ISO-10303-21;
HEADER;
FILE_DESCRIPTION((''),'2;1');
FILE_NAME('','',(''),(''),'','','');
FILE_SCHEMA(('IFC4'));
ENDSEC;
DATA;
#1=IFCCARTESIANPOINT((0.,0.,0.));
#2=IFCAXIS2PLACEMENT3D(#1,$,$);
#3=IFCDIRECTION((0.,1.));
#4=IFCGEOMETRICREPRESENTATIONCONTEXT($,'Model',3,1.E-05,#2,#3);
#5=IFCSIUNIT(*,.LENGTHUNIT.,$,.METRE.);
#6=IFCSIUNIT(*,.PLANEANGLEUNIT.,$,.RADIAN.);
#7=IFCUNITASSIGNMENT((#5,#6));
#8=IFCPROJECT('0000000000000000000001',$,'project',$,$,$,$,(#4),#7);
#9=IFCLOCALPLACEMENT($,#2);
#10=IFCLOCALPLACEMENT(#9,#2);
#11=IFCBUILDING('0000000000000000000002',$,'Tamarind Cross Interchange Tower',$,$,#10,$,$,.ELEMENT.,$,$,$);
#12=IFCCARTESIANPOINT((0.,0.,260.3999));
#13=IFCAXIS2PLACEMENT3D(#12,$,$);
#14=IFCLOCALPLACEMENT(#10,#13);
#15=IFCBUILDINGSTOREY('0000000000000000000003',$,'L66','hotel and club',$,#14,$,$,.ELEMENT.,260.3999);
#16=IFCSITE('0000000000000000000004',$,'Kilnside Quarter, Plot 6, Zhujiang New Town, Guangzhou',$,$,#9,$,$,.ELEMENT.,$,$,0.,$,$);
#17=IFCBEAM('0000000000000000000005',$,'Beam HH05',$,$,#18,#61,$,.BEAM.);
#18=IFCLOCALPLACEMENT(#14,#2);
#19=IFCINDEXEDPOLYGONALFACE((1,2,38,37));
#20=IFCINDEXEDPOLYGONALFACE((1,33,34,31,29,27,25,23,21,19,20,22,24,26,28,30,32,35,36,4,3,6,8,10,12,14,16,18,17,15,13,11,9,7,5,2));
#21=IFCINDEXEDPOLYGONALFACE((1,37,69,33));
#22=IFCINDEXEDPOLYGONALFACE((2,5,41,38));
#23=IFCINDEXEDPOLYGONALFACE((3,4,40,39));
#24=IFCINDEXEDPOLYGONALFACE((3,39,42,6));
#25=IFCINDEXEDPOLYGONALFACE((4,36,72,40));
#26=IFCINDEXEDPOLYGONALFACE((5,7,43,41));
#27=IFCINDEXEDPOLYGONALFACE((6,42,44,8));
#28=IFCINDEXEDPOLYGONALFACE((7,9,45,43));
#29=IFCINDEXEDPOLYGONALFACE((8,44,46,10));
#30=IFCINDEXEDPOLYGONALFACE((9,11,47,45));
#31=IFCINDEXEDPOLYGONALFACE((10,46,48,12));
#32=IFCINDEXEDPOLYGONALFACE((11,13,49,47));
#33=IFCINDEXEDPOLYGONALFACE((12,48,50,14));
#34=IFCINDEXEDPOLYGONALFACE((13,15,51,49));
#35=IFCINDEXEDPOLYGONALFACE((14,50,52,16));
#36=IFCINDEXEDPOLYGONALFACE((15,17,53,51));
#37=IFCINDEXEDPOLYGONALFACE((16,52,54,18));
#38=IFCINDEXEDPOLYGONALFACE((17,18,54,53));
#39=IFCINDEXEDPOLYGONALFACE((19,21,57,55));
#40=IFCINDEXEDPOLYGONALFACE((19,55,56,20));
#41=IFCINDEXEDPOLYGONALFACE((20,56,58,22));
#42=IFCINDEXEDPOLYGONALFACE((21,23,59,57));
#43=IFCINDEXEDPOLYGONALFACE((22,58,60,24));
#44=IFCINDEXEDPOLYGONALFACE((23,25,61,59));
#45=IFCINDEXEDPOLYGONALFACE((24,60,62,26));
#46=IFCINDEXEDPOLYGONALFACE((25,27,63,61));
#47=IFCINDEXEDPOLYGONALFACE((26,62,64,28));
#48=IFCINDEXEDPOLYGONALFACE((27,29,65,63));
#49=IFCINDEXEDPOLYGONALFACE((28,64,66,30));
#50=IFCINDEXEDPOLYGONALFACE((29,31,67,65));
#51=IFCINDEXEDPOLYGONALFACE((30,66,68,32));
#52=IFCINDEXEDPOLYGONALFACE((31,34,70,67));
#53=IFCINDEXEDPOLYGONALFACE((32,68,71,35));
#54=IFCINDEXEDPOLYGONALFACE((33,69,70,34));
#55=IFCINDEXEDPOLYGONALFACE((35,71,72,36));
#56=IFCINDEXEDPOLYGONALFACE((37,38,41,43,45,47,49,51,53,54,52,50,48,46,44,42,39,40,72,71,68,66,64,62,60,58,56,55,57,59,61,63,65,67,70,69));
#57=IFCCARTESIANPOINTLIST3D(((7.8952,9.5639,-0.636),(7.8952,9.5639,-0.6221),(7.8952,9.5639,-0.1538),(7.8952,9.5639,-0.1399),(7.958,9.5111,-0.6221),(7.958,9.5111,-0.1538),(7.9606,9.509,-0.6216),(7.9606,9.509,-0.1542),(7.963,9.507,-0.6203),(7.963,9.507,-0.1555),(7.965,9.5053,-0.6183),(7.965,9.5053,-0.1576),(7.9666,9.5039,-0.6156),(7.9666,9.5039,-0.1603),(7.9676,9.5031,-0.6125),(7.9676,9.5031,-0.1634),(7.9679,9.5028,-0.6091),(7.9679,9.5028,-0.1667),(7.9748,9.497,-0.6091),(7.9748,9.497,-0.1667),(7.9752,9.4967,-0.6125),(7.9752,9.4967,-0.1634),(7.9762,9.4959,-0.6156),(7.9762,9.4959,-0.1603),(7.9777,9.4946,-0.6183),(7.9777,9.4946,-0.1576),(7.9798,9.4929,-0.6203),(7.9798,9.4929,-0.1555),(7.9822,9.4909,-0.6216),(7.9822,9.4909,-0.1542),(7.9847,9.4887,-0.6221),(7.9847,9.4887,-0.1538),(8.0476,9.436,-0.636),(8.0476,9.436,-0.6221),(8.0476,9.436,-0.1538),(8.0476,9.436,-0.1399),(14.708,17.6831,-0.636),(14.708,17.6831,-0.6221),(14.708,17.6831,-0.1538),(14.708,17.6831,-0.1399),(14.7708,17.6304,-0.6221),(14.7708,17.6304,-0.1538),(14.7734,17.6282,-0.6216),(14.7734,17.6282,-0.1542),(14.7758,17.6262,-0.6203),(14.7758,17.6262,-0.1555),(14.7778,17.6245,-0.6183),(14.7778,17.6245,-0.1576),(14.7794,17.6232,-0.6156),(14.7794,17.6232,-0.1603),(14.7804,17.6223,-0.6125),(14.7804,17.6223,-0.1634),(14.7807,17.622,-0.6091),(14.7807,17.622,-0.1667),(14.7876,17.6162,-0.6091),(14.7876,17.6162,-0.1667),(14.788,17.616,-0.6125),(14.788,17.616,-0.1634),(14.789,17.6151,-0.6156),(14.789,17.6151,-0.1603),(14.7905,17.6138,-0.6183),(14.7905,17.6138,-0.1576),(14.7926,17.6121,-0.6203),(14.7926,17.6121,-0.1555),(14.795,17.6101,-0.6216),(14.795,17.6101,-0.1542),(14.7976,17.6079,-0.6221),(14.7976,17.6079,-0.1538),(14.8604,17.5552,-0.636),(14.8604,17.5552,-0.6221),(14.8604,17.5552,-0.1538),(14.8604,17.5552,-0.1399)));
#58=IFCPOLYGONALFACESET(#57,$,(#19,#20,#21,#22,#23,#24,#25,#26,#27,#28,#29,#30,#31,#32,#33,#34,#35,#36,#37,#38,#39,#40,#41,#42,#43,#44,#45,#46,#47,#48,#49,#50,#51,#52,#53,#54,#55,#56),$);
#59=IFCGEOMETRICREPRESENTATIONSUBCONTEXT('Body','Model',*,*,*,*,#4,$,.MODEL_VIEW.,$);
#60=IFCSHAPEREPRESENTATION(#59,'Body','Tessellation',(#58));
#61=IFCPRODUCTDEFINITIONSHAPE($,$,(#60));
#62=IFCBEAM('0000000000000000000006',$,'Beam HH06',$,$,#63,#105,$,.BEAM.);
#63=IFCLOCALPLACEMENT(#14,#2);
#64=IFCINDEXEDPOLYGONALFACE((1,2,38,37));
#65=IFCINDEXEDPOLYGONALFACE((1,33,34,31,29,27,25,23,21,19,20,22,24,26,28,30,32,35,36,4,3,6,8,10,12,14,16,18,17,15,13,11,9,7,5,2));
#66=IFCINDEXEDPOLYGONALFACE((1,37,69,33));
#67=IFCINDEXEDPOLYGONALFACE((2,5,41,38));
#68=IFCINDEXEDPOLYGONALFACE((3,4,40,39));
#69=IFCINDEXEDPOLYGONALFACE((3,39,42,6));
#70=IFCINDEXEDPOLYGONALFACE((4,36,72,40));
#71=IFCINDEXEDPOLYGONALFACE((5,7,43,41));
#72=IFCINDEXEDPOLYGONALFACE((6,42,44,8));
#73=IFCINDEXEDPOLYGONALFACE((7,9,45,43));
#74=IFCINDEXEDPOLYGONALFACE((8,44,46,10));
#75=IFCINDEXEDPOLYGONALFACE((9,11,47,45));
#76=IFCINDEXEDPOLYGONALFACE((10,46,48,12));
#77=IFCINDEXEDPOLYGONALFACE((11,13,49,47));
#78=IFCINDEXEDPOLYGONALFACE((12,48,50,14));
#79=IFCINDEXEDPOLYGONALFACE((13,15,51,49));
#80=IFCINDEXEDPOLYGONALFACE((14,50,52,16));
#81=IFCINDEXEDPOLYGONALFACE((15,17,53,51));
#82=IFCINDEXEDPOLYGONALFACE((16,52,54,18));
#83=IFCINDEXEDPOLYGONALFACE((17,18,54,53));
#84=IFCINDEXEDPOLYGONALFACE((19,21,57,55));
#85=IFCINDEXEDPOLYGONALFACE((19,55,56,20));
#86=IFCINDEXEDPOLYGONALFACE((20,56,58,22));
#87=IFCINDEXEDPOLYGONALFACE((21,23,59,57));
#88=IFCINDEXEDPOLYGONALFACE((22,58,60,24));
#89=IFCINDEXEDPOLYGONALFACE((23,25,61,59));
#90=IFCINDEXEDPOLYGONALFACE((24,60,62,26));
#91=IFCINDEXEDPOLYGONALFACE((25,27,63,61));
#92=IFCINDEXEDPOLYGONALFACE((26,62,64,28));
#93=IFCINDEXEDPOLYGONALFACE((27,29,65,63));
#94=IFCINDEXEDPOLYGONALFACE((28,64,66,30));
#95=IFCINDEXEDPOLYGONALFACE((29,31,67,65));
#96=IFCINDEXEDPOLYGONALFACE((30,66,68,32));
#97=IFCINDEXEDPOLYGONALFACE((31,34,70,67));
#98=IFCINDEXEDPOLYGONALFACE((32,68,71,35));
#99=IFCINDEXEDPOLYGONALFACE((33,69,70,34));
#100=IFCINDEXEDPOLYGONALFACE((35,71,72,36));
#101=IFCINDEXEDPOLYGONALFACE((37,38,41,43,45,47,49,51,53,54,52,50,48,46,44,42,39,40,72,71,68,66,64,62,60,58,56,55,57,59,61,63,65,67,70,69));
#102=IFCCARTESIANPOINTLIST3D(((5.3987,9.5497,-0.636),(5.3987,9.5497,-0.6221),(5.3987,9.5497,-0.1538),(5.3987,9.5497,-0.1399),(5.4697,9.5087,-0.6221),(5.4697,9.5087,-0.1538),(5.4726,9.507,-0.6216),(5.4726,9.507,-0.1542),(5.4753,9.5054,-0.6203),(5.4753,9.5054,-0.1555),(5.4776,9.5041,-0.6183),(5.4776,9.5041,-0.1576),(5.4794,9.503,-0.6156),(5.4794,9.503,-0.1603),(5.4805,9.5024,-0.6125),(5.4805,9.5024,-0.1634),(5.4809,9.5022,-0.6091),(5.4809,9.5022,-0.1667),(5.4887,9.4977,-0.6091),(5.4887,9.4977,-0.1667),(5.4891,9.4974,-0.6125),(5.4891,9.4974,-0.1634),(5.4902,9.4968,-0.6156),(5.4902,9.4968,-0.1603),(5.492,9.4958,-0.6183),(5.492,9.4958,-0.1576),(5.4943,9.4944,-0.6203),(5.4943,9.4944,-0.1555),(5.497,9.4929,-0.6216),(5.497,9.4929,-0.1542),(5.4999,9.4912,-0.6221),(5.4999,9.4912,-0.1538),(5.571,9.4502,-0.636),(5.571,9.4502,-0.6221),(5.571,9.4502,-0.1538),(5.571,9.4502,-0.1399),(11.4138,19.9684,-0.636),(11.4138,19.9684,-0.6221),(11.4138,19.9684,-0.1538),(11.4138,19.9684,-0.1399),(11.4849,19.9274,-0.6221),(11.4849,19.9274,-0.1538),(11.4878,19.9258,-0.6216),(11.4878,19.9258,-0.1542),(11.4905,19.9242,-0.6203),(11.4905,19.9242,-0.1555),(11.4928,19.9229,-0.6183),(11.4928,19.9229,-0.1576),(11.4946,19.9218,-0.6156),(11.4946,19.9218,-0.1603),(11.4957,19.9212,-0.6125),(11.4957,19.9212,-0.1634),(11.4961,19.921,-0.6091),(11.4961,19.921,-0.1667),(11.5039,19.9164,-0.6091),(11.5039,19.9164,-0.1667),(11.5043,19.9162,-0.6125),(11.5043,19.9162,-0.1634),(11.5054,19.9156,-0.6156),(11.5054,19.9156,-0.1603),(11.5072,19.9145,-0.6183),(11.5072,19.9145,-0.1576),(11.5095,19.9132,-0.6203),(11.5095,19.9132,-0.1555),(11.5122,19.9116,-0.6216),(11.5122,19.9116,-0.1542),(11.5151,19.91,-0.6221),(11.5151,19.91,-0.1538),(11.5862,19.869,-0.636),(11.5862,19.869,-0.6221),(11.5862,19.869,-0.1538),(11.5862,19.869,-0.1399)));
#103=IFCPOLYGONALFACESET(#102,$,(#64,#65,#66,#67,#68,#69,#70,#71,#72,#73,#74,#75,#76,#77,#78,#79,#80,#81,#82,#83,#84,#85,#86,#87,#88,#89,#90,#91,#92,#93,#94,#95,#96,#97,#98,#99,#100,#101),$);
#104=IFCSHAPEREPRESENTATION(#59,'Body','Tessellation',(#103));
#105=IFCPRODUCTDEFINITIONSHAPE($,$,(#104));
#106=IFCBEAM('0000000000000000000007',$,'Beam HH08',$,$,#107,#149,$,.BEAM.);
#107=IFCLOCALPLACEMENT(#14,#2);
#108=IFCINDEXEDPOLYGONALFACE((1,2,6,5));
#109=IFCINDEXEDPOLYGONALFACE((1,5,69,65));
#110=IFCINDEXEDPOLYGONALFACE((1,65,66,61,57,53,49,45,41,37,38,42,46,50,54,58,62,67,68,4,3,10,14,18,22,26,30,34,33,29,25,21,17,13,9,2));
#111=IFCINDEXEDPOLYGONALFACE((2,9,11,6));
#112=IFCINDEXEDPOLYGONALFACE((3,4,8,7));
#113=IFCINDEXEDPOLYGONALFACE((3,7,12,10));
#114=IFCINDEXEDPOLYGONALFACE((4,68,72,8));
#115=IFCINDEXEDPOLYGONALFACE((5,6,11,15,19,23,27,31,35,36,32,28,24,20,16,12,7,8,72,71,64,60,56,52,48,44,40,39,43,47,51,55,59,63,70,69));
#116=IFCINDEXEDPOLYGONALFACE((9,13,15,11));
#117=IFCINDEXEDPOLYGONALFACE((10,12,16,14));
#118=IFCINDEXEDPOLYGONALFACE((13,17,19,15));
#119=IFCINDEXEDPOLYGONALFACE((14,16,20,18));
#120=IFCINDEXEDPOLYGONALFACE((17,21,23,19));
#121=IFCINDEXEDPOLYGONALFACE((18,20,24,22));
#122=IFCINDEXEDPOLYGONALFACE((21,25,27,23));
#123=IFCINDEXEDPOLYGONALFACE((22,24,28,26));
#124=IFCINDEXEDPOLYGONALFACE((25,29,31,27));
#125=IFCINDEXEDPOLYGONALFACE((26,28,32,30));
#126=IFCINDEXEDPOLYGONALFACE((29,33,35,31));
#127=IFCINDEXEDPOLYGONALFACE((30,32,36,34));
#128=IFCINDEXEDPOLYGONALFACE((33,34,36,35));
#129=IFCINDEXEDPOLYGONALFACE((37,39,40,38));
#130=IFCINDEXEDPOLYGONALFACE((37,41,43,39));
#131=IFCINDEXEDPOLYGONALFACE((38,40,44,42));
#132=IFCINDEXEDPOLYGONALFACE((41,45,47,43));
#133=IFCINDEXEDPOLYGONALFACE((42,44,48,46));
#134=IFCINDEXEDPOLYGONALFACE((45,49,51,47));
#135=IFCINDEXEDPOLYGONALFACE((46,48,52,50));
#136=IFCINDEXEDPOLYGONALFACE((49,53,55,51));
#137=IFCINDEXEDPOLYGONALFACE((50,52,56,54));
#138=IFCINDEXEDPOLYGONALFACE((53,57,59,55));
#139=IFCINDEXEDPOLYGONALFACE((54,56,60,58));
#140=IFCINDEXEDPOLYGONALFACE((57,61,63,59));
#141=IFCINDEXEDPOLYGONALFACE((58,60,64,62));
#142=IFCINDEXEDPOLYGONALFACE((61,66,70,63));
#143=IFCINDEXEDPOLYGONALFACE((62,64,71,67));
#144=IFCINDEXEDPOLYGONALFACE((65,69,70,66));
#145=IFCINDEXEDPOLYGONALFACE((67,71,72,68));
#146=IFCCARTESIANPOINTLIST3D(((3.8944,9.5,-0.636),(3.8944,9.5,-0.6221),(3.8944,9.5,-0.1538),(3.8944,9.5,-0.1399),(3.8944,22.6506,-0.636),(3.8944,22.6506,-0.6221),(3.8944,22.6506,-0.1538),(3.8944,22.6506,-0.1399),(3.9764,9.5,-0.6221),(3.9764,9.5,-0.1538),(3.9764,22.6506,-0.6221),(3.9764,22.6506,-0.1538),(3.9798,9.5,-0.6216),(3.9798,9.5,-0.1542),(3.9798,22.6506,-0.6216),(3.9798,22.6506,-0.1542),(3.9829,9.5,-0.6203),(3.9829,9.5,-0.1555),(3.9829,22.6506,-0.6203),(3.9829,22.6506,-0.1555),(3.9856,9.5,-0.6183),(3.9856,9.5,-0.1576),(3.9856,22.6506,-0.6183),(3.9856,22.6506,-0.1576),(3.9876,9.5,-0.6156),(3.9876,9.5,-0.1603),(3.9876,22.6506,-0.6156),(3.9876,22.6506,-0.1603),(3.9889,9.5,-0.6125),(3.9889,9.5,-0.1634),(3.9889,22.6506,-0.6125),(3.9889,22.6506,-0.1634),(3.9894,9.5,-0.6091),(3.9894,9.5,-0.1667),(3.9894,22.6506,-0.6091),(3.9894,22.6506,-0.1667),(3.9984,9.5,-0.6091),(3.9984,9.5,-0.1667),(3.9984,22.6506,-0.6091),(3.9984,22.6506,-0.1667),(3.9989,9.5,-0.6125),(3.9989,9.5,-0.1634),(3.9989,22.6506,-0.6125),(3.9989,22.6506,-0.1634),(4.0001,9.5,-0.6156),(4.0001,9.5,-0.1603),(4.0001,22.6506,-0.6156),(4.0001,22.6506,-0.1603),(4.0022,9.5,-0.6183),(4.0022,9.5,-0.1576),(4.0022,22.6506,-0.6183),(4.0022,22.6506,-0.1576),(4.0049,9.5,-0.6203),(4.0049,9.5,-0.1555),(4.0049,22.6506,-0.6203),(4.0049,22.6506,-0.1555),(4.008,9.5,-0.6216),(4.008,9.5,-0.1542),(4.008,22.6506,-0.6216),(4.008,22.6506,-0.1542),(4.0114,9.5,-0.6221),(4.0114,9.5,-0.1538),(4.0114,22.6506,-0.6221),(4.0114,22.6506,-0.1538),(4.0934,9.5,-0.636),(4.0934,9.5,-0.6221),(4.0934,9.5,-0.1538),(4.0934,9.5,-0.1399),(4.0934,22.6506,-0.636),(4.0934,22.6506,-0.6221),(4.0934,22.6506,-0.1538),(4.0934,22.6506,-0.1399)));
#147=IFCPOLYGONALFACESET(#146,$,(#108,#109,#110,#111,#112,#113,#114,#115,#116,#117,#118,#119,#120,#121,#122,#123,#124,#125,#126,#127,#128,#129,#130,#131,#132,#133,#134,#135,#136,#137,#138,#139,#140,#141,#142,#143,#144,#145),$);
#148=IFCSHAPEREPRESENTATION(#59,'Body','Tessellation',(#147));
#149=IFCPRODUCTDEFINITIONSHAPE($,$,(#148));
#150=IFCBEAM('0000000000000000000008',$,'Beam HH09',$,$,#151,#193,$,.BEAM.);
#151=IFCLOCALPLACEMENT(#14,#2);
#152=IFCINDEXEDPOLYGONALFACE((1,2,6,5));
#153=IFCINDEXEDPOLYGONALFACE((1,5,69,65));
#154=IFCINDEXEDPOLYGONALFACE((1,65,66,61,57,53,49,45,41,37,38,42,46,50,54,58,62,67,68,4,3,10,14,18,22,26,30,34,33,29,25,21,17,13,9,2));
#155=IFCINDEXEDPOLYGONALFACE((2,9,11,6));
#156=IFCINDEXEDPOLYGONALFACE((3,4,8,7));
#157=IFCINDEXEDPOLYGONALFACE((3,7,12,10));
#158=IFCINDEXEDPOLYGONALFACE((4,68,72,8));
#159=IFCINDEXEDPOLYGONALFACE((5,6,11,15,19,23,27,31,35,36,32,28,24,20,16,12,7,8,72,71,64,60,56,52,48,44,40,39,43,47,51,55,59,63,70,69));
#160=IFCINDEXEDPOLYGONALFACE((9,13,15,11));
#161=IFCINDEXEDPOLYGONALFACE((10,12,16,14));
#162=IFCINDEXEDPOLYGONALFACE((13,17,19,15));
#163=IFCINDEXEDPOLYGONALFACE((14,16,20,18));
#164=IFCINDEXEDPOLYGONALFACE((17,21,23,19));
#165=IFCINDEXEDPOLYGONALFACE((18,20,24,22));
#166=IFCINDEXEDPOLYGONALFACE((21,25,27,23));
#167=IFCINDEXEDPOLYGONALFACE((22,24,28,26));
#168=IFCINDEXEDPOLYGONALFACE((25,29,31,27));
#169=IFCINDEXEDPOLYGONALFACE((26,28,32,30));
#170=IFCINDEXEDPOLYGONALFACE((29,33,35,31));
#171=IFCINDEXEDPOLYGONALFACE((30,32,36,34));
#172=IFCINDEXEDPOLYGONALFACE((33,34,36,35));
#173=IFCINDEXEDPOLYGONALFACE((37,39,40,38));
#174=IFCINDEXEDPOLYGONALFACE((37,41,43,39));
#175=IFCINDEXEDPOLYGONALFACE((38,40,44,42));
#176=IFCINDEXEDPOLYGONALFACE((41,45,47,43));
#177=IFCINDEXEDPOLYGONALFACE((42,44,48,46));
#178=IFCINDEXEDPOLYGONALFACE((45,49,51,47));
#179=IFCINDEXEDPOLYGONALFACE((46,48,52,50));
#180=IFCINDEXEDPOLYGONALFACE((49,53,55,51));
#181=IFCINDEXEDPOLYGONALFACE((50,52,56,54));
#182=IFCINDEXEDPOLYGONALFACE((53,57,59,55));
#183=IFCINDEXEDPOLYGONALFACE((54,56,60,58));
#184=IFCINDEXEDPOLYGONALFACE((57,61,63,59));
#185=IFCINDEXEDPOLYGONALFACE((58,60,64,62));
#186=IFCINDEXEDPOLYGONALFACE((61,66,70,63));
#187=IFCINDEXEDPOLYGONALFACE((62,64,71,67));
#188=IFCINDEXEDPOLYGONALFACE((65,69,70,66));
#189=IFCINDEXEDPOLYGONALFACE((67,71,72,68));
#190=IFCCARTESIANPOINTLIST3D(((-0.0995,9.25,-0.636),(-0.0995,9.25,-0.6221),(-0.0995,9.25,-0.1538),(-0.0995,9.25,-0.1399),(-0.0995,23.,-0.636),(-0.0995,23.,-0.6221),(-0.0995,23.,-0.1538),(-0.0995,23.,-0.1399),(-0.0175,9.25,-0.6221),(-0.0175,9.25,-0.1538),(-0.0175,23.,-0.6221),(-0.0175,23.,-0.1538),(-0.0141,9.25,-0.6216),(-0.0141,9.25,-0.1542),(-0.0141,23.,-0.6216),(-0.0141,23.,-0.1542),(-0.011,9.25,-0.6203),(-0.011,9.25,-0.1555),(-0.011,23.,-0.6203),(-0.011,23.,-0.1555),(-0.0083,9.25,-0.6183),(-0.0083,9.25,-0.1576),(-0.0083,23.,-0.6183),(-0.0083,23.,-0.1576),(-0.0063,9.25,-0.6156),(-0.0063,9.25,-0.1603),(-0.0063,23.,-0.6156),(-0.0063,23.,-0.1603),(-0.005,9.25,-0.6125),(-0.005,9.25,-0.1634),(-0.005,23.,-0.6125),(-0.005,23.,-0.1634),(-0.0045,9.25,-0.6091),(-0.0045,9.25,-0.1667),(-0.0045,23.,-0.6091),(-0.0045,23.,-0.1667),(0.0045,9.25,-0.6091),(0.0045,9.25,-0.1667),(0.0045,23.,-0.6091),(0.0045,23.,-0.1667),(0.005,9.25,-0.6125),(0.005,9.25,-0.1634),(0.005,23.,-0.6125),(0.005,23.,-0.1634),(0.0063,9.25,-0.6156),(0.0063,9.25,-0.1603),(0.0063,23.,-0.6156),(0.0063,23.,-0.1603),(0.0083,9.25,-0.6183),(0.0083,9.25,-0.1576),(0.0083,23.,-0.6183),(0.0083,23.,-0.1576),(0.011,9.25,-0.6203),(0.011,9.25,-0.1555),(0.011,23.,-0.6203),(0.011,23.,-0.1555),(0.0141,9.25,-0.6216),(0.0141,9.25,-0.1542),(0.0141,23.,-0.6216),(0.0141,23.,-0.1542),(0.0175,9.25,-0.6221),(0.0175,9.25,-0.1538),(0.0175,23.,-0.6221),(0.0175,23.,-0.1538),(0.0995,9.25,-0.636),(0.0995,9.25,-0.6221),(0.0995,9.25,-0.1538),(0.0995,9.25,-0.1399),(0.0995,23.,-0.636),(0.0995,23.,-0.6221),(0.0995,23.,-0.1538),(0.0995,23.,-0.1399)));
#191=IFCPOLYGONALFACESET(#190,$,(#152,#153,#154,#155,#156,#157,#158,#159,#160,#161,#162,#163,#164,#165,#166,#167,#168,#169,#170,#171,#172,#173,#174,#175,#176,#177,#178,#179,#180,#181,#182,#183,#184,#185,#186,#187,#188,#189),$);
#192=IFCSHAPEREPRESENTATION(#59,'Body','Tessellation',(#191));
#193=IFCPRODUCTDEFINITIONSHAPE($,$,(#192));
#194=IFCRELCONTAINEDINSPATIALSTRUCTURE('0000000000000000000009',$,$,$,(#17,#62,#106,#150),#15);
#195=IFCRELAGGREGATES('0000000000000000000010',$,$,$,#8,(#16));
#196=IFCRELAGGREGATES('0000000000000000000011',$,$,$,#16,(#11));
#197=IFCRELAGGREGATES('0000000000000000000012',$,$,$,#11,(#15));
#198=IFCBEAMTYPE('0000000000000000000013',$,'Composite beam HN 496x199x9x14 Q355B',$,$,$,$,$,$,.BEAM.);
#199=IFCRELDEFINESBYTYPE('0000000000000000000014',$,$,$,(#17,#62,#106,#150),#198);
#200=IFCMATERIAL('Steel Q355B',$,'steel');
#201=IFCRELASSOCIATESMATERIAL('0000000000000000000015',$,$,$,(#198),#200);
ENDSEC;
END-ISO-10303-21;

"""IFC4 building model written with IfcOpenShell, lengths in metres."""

from ifc_helpers import new_model, si_unit, direction, frame, origin, origin_2d, place, context, subcontext, project, spatial, i_section, extrude, material, material_profile, profile_set, type_object, element, save


model = new_model("IFC4")

# Units and contexts
model_context = context("Model", 3, precision=1e-05, world=origin(), true_north=direction((0.0, 1.0)))
body_context = subcontext(model_context, "Body", "Model", "MODEL_VIEW")
ifc_project = project(units=[si_unit("LENGTHUNIT", "METRE"), si_unit("PLANEANGLEUNIT", "RADIAN")], contexts=[model_context])

# Site, building, storey
site_placement = place(None, origin())
site = spatial("IfcSite", under=ifc_project, at=site_placement, Name="Kilnside Quarter, Plot 6, Zhujiang New Town, Guangzhou", CompositionType="ELEMENT", RefElevation=0.0)
building_placement = place(site_placement, origin())
building = spatial("IfcBuilding", under=site, at=building_placement, Name="Tamarind Cross Interchange Tower", CompositionType="ELEMENT")
storey_placement = place(building_placement, frame((0.0, 0.0, 260.3999)))
storey = spatial("IfcBuildingStorey", under=building, at=storey_placement, Name="L66", Description="hotel and club", CompositionType="ELEMENT", Elevation=260.3999)

# Beams
ifc_material_1 = material(Name="Steel Q355B", Category="steel")
ifc_material_profile_1 = material_profile(ifc_material_1, i_section(OverallWidth=0.199, OverallDepth=0.4961, WebThickness=0.009, FlangeThickness=0.0139, FilletRadius=0.0129, at=origin_2d()), Name="HN 496x199x9x14")
ifc_profile_set_1 = profile_set([ifc_material_profile_1], Name="Steel Q355B")
beam_type = type_object("IfcBeamType", Name="Composite beam HN 496x199x9x14 Q355B", PredefinedType="BEAM", material=ifc_profile_set_1)
beam_1_placement = place(storey_placement, frame((14.7842, 17.6191, -0.3879), z_axis=(-0.642786, -0.766046, 0.0), x_axis=(0.766046, -0.642786, 0.0)))
element("IfcBeam", 1, at=beam_1_placement, inside=storey, type_object=beam_type, Name="Beam HH05", PredefinedType="BEAM", context=body_context, shape_type="SweptSolid", body=[
    extrude(i_section(OverallWidth=0.199, OverallDepth=0.4961, WebThickness=0.009, FlangeThickness=0.0139, FilletRadius=0.0129, at=origin_2d()), origin(), (0.0, 0.0, 1.0), 10.5989),
])
beam_2_placement = place(storey_placement, frame((11.5, 19.9187, -0.3879), z_axis=(-0.499994, -0.866029, 0.0), x_axis=(0.866029, -0.499994, 0.0)))
element("IfcBeam", 2, at=beam_2_placement, inside=storey, type_object=beam_type, Name="Beam HH06", PredefinedType="BEAM", context=body_context, shape_type="SweptSolid", body=[
    extrude(i_section(OverallWidth=0.199, OverallDepth=0.4961, WebThickness=0.009, FlangeThickness=0.0139, FilletRadius=0.0129, at=origin_2d()), origin(), (0.0, 0.0, 1.0), 12.0305),
])
beam_3_placement = place(storey_placement, frame((3.9939, 22.6506, -0.3879), z_axis=(0.0, -1.0, 0.0), x_axis=(1.0, 0.0, 0.0)))
element("IfcBeam", 3, at=beam_3_placement, inside=storey, type_object=beam_type, Name="Beam HH08", PredefinedType="BEAM", context=body_context, shape_type="SweptSolid", body=[
    extrude(i_section(OverallWidth=0.199, OverallDepth=0.4961, WebThickness=0.009, FlangeThickness=0.0139, FilletRadius=0.0129, at=origin_2d()), origin(), (0.0, 0.0, 1.0), 13.1506),
])
beam_4_placement = place(storey_placement, frame((0.0, 23.0, -0.3879), z_axis=(0.0, -1.0, 0.0), x_axis=(1.0, 0.0, 0.0)))
element("IfcBeam", 4, at=beam_4_placement, inside=storey, type_object=beam_type, Name="Beam HH09", PredefinedType="BEAM", context=body_context, shape_type="SweptSolid", body=[
    extrude(i_section(OverallWidth=0.199, OverallDepth=0.4961, WebThickness=0.009, FlangeThickness=0.0139, FilletRadius=0.0129, at=origin_2d()), origin(), (0.0, 0.0, 1.0), 13.75),
])

save(model, "model.ifc")
